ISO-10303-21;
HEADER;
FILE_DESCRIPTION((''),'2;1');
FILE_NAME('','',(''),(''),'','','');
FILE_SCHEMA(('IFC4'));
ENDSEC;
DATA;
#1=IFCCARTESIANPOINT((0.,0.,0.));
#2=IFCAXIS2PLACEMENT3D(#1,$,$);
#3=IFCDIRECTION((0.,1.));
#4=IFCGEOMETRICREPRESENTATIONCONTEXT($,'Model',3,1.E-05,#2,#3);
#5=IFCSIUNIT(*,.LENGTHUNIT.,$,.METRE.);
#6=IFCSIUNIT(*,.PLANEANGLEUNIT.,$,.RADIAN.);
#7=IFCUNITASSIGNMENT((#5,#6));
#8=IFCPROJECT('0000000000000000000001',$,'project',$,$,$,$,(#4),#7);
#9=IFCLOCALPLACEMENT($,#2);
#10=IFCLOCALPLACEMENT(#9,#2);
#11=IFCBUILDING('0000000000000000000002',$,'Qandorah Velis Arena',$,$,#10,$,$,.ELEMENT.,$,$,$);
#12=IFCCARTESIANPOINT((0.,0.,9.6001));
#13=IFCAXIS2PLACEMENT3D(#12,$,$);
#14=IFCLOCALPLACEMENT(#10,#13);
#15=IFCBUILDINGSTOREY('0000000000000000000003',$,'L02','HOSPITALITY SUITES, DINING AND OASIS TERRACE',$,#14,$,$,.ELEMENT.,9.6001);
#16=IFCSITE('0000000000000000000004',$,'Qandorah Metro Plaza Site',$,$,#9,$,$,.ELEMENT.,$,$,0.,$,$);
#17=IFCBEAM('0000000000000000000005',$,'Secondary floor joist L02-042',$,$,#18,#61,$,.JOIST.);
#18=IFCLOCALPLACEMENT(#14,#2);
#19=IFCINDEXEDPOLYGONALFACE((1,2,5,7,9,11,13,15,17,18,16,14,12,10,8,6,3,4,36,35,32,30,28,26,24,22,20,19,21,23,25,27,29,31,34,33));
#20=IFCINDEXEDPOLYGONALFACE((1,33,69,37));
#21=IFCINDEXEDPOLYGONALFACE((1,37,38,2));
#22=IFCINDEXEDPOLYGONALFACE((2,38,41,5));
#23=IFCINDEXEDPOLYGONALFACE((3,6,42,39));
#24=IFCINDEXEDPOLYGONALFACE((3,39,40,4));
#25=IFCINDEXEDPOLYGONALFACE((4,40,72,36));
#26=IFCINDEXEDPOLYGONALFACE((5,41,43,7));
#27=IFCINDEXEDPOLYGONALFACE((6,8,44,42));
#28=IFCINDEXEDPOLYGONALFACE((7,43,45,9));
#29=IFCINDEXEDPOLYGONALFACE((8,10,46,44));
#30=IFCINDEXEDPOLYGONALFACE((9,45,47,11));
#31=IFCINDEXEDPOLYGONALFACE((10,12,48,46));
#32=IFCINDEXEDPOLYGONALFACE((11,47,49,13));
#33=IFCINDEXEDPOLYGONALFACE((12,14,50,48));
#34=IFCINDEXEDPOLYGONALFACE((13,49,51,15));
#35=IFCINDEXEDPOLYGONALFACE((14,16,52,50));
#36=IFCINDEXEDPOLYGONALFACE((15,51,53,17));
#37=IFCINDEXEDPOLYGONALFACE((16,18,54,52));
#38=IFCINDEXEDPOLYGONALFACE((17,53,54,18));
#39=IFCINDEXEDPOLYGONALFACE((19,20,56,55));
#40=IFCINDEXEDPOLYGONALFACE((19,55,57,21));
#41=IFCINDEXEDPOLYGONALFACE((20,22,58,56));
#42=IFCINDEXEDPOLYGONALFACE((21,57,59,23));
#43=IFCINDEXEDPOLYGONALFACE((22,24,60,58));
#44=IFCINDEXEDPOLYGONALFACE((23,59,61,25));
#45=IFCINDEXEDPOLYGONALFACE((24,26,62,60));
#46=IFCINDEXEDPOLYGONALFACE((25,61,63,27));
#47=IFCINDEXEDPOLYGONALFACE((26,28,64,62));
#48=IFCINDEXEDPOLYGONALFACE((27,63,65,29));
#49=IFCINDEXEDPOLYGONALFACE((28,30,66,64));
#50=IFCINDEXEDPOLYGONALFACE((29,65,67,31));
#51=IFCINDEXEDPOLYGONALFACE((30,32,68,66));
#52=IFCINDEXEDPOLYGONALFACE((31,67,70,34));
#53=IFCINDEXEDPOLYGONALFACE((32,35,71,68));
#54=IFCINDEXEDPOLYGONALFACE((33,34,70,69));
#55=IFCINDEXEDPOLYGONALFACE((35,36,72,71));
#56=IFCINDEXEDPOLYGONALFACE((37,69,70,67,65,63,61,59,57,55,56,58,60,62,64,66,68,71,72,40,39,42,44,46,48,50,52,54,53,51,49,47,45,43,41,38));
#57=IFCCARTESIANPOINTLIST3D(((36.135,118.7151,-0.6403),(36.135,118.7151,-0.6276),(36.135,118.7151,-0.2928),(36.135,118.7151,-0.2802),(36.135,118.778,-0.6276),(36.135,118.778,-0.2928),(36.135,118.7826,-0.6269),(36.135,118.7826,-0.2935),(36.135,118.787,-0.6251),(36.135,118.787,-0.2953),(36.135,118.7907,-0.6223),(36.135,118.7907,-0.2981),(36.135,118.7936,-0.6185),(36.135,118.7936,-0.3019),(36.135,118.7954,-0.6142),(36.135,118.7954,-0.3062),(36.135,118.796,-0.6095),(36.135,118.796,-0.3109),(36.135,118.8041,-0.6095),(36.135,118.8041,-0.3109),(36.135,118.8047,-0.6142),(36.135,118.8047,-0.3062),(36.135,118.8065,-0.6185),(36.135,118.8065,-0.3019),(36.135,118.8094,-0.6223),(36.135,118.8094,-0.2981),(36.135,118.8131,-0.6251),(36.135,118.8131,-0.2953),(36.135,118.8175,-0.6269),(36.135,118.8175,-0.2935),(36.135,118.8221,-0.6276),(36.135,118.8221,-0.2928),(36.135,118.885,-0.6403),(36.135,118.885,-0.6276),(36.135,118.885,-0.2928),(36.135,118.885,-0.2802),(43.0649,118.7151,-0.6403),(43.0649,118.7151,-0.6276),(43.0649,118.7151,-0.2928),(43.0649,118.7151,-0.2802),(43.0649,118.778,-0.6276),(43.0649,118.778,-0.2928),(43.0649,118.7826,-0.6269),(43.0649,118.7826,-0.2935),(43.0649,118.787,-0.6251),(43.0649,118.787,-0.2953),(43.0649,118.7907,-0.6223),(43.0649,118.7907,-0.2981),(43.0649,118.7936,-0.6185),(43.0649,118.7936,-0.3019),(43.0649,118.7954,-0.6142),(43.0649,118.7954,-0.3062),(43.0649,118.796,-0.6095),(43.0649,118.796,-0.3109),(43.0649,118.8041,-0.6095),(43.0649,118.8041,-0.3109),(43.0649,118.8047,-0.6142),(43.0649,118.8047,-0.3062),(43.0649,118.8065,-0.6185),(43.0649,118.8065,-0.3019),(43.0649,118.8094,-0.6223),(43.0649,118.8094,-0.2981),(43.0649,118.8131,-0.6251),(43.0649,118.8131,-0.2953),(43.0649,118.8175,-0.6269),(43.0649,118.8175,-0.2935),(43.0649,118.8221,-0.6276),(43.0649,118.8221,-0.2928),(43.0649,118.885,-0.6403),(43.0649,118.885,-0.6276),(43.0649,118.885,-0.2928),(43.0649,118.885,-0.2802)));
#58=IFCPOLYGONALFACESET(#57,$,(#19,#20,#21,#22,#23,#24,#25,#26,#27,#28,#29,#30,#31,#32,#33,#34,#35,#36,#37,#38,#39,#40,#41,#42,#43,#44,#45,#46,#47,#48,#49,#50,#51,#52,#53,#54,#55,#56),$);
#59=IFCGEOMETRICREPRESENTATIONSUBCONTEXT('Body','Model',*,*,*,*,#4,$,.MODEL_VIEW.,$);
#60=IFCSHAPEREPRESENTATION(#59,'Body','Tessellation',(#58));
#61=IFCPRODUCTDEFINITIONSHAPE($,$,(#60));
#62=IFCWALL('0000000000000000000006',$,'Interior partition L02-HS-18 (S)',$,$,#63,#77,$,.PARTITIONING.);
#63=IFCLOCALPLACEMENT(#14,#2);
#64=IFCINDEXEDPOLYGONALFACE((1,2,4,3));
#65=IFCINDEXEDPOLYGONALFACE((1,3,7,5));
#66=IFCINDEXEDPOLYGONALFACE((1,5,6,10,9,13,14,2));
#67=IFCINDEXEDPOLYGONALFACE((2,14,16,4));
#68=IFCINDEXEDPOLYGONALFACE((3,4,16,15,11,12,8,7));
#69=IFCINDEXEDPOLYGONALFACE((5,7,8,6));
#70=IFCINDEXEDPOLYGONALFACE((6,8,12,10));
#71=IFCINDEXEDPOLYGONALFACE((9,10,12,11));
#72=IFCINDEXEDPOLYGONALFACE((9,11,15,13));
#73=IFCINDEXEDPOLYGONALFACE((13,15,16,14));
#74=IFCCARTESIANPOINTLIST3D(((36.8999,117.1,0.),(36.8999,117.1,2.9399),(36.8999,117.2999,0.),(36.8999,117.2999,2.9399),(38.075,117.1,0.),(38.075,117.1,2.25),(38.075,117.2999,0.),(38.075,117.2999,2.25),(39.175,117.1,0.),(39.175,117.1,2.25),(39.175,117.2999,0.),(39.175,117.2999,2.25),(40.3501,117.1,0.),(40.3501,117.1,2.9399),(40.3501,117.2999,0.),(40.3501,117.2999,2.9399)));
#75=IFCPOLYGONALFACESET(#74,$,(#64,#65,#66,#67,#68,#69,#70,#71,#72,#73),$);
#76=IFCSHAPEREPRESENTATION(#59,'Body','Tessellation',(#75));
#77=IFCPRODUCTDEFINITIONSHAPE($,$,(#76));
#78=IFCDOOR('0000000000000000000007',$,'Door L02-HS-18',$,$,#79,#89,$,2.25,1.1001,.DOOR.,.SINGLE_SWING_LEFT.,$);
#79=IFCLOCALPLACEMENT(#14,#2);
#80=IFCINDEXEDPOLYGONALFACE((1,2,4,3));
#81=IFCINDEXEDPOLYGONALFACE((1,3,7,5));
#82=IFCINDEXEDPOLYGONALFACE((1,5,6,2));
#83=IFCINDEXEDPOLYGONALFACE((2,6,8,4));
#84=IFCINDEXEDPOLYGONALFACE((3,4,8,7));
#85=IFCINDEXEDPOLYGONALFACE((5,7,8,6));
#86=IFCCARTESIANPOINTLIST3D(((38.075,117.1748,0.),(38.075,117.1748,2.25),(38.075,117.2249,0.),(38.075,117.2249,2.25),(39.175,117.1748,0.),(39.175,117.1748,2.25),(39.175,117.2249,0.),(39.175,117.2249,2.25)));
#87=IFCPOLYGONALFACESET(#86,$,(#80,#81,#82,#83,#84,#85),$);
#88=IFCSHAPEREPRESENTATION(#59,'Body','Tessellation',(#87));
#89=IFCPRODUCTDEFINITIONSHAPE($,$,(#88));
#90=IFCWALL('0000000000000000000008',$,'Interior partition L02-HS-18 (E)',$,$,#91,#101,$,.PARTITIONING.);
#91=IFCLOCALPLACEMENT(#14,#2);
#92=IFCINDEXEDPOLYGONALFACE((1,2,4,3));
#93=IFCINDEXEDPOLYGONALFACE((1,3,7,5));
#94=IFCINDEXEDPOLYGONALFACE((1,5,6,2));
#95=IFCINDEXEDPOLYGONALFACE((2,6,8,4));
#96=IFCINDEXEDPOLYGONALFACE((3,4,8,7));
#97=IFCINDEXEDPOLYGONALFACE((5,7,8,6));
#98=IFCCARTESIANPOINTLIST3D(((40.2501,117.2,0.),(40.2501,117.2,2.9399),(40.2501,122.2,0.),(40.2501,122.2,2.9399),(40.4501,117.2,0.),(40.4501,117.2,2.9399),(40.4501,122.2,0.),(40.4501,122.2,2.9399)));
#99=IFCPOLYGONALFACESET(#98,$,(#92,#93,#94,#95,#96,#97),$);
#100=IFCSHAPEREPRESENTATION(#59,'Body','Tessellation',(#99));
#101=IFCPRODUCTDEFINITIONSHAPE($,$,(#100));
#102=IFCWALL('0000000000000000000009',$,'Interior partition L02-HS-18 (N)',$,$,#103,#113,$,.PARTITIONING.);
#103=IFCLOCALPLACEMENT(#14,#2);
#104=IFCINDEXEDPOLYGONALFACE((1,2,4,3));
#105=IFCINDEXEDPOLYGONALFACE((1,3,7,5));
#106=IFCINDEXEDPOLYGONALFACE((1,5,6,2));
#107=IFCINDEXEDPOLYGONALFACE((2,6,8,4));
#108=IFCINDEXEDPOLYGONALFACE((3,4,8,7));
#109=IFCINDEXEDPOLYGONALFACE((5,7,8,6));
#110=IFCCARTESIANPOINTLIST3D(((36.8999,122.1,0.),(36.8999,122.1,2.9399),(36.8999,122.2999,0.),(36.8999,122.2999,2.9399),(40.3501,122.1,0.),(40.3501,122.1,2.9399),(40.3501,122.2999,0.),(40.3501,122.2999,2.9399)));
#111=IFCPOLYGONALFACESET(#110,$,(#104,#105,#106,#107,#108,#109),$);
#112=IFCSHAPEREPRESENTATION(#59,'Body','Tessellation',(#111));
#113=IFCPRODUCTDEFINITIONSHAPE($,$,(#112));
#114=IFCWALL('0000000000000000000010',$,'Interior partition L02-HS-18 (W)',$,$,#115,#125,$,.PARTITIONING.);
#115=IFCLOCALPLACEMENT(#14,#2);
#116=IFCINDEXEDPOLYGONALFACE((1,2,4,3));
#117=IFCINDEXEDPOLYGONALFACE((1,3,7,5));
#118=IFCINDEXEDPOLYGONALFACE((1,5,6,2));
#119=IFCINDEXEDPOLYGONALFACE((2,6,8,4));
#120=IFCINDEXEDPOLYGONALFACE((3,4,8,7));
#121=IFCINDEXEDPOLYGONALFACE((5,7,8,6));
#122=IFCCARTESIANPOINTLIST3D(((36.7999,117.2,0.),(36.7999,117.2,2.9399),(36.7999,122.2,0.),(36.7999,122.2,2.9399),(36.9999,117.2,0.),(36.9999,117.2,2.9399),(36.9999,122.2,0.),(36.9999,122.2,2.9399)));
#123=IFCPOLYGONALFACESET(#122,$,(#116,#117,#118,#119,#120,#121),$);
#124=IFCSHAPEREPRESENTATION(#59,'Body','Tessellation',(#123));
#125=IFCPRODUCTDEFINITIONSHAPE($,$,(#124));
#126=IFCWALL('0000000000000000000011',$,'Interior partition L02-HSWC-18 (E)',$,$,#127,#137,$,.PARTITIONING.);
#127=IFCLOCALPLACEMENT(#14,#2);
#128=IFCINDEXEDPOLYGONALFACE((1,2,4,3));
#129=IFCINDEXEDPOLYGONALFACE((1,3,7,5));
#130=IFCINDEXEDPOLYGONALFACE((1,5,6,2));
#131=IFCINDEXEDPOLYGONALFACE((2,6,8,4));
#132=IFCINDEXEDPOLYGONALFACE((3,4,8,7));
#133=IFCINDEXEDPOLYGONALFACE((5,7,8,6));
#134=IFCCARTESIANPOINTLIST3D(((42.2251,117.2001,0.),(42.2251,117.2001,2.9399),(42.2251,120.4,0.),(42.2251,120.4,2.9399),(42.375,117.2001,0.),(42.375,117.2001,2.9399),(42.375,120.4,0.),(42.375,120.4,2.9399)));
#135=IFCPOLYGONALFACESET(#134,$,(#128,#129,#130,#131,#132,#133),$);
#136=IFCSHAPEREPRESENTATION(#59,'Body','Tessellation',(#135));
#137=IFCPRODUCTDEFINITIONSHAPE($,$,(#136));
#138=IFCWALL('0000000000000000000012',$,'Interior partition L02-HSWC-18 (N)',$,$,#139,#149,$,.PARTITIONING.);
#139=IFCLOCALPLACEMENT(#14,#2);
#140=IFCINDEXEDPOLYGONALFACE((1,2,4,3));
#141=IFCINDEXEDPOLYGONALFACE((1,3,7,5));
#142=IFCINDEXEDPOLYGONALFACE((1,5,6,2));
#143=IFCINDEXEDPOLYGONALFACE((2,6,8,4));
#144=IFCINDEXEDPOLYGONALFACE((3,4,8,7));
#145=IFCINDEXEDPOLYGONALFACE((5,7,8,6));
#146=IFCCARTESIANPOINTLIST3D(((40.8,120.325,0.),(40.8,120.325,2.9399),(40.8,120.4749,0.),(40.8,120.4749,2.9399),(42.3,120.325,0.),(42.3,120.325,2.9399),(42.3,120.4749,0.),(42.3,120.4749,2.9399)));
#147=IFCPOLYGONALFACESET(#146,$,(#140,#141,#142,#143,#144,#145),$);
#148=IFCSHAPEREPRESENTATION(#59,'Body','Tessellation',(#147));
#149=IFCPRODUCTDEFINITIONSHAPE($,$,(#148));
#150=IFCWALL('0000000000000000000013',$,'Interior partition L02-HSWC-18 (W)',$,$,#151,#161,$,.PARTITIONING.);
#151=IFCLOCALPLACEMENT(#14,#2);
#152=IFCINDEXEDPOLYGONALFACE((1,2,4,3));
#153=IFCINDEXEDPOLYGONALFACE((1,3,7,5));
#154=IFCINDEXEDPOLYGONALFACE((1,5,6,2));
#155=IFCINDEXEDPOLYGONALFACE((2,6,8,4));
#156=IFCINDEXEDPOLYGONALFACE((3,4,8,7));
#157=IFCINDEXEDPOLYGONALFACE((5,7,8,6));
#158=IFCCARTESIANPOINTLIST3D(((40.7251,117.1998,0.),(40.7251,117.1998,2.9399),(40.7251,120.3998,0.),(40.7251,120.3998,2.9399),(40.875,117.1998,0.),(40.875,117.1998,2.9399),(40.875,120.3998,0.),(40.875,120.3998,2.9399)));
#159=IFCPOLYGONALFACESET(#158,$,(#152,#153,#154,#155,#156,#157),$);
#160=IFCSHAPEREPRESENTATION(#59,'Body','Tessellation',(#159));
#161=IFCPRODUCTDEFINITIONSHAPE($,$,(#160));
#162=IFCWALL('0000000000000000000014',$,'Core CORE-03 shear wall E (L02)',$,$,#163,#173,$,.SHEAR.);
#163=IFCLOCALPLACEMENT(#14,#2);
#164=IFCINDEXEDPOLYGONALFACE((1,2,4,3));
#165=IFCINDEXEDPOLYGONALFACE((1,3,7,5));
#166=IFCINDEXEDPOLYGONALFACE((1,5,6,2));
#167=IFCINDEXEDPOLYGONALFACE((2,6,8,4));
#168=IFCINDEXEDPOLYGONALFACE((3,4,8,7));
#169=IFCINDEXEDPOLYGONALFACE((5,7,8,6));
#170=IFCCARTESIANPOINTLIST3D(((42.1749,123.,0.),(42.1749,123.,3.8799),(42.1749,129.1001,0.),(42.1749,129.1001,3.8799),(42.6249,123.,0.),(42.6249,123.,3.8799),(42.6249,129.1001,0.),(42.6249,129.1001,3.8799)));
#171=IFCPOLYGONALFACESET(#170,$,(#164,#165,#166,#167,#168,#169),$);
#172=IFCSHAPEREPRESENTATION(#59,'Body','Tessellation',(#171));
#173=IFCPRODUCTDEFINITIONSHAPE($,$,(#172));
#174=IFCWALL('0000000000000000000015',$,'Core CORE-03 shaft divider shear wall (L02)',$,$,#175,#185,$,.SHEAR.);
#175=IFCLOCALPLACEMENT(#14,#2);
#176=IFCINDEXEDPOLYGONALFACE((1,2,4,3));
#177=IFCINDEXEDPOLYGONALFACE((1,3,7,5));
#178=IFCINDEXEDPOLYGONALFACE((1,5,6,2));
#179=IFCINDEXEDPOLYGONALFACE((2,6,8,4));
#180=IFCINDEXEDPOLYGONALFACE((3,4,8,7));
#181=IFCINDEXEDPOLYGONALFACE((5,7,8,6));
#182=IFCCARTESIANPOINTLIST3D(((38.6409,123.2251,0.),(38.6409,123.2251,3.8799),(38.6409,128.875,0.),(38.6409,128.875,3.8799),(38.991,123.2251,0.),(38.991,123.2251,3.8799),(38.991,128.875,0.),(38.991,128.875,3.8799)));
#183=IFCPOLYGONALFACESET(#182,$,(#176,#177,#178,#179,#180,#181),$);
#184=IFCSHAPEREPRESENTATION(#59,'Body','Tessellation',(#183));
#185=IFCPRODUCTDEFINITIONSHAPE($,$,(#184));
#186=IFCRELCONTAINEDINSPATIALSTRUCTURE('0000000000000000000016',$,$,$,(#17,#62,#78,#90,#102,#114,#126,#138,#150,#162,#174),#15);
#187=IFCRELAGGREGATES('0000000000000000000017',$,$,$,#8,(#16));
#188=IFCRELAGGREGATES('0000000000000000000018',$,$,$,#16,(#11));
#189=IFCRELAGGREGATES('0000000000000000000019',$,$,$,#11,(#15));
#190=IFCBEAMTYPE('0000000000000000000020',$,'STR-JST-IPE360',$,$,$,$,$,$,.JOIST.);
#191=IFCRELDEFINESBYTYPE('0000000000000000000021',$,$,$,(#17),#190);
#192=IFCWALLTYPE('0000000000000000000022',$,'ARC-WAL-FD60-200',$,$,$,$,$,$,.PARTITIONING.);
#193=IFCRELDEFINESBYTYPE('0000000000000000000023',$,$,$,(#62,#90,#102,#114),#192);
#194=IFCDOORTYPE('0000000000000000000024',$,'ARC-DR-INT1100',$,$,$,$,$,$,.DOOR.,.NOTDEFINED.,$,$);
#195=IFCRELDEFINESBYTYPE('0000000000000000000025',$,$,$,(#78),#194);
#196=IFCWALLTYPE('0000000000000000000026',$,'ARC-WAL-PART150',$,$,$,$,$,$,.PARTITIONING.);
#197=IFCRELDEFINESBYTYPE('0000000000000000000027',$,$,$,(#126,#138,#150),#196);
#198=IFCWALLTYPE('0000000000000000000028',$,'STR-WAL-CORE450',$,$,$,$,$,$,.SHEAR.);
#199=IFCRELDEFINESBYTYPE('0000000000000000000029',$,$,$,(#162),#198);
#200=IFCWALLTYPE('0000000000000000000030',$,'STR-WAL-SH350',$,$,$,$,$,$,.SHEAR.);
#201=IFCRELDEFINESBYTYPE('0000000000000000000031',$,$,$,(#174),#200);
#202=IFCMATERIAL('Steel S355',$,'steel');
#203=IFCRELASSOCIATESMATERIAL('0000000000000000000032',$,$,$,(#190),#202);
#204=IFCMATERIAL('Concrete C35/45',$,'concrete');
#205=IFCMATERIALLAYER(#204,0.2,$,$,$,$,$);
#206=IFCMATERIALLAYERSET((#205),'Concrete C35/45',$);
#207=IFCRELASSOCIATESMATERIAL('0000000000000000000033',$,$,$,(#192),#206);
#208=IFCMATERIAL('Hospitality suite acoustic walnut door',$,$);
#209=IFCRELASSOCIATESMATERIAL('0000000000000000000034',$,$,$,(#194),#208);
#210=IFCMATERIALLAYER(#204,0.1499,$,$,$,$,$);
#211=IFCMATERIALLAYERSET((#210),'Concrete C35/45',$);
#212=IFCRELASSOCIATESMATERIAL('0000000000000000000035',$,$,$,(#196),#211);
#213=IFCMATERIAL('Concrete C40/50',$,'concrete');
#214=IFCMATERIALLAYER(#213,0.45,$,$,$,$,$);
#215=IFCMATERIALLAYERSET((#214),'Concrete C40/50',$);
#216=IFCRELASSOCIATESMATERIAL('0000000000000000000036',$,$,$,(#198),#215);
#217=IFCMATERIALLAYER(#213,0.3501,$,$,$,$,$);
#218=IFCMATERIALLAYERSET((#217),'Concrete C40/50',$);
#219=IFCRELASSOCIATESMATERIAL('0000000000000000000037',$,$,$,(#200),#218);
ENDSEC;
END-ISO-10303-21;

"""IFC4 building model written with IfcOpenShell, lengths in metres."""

from ifc_helpers import new_model, si_unit, direction, frame, frame_2d, origin, origin_2d, place, context, subcontext, project, spatial, rectangle, i_section, extrude, material, layer, layer_set, material_profile, profile_set, type_object, element, fill, save


model = new_model("IFC4")

# Units and contexts
model_context = context("Model", 3, precision=1e-05, world=origin(), true_north=direction((0.0, 1.0)))
body_context = subcontext(model_context, "Body", "Model", "MODEL_VIEW")
ifc_project = project(units=[si_unit("LENGTHUNIT", "METRE"), si_unit("PLANEANGLEUNIT", "RADIAN")], contexts=[model_context])

# Site, building, storey
site_placement = place(None, origin())
site = spatial("IfcSite", under=ifc_project, at=site_placement, Name="Qandorah Metro Plaza Site", CompositionType="ELEMENT", RefElevation=0.0)
building_placement = place(site_placement, origin())
building = spatial("IfcBuilding", under=site, at=building_placement, Name="Qandorah Velis Arena", CompositionType="ELEMENT")
storey_placement = place(building_placement, frame((0.0, 0.0, 9.6001)))
storey = spatial("IfcBuildingStorey", under=building, at=storey_placement, Name="L02", Description="HOSPITALITY SUITES, DINING AND OASIS TERRACE", CompositionType="ELEMENT", Elevation=9.6001)

# Shared definitions
ifc_material_1 = material(Name="Concrete C40/50", Category="concrete")

# Beam
ifc_material_2 = material(Name="Steel S355", Category="steel")
ifc_material_profile_1 = material_profile(ifc_material_2, i_section(OverallWidth=0.1699, OverallDepth=0.3601, WebThickness=0.0081, FlangeThickness=0.0127, FilletRadius=0.0181, at=origin_2d()), Name="IPE 360")
ifc_profile_set_1 = profile_set([ifc_material_profile_1], Name="Steel S355")
beam_type_1 = type_object("IfcBeamType", Name="STR-JST-IPE360", PredefinedType="JOIST", material=ifc_profile_set_1)
beam_1_placement = place(storey_placement, frame((36.135, 118.8, -0.4602), z_axis=(1.0, 0.0, 0.0), x_axis=(0.0, 1.0, 0.0)))
element("IfcBeam", 1, at=beam_1_placement, inside=storey, type_object=beam_type_1, Name="Secondary floor joist L02-042", PredefinedType="JOIST", context=body_context, shape_type="SweptSolid", body=[
    extrude(i_section(OverallWidth=0.1699, OverallDepth=0.3601, WebThickness=0.0081, FlangeThickness=0.0127, FilletRadius=0.0181, at=origin_2d()), origin(), (0.0, 0.0, 1.0), 6.9299),
])

# Wall, opening, door
ifc_material_3 = material(Name="Concrete C35/45", Category="concrete")
ifc_layer_1 = layer(ifc_material_3, 0.2)
ifc_layer_set_1 = layer_set([ifc_layer_1], Name="Concrete C35/45")
wall_type_1 = type_object("IfcWallType", Name="ARC-WAL-FD60-200", PredefinedType="PARTITIONING", material=ifc_layer_set_1)
wall_1_placement = place(storey_placement, frame((36.8999, 117.2, 0.0), z_axis=(0.0, 0.0, 1.0), x_axis=(1.0, 0.0, 0.0)))
wall_1 = element("IfcWall", 2, at=wall_1_placement, inside=storey, type_object=wall_type_1, Name="Interior partition L02-HS-18 (S)", PredefinedType="PARTITIONING", context=body_context, shape_type="SweptSolid", body=[
    extrude(rectangle(XDim=3.4502, YDim=0.2, at=frame_2d((1.7251, 0.0))), origin(), (0.0, 0.0, 1.0), 2.9399),
])
opening_1_placement = place(wall_1_placement, frame((1.175, 0.0, 0.0)))
opening_1 = element("IfcOpeningElement", 3, at=opening_1_placement, cuts=wall_1, PredefinedType="OPENING", context=body_context, shape_type="SweptSolid", body=[
    extrude(rectangle(XDim=1.1001, YDim=2.25, at=frame_2d((0.55, 1.125))), frame((0.0, 0.1099, 0.0), z_axis=(0.0, -1.0, 0.0), x_axis=(1.0, 0.0, 0.0)), (0.0, 0.0, 1.0), 0.22),
])
ifc_material_4 = material(Name="Hospitality suite acoustic walnut door")
door_type_1 = type_object("IfcDoorType", Name="ARC-DR-INT1100", OperationType="NOTDEFINED", PredefinedType="DOOR", material=ifc_material_4)
door_1_placement = place(opening_1_placement, origin())
door_1 = element("IfcDoor", 4, at=door_1_placement, inside=storey, type_object=door_type_1, Name="Door L02-HS-18", OperationType="SINGLE_SWING_LEFT", OverallHeight=2.25, OverallWidth=1.1001, PredefinedType="DOOR", context=body_context, shape_type="SweptSolid", body=[
    extrude(rectangle(XDim=1.1001, YDim=2.25, at=frame_2d((0.55, 1.125))), frame((0.0, 0.0249, 0.0), z_axis=(0.0, -1.0, 0.0), x_axis=(1.0, 0.0, 0.0)), (0.0, 0.0, 1.0), 0.05),
])
fill(opening_1, door_1)

# Walls
wall_2_placement = place(storey_placement, frame((40.3501, 117.2, 0.0), z_axis=(0.0, 0.0, 1.0), x_axis=(0.0, 1.0, 0.0)))
element("IfcWall", 5, at=wall_2_placement, inside=storey, type_object=wall_type_1, Name="Interior partition L02-HS-18 (E)", PredefinedType="PARTITIONING", context=body_context, shape_type="SweptSolid", body=[
    extrude(rectangle(XDim=5.0, YDim=0.2, at=frame_2d((2.5, 0.0))), origin(), (0.0, 0.0, 1.0), 2.9399),
])
wall_3_placement = place(storey_placement, frame((40.3501, 122.2, 0.0), z_axis=(0.0, 0.0, 1.0), x_axis=(-1.0, 0.0, 0.0)))
element("IfcWall", 6, at=wall_3_placement, inside=storey, type_object=wall_type_1, Name="Interior partition L02-HS-18 (N)", PredefinedType="PARTITIONING", context=body_context, shape_type="SweptSolid", body=[
    extrude(rectangle(XDim=3.4502, YDim=0.2, at=frame_2d((1.7251, 0.0))), origin(), (0.0, 0.0, 1.0), 2.9399),
])
wall_4_placement = place(storey_placement, frame((36.8999, 122.2, 0.0), z_axis=(0.0, 0.0, 1.0), x_axis=(0.0, -1.0, 0.0)))
element("IfcWall", 7, at=wall_4_placement, inside=storey, type_object=wall_type_1, Name="Interior partition L02-HS-18 (W)", PredefinedType="PARTITIONING", context=body_context, shape_type="SweptSolid", body=[
    extrude(rectangle(XDim=5.0, YDim=0.2, at=frame_2d((2.5, 0.0))), origin(), (0.0, 0.0, 1.0), 2.9399),
])

# Shared definitions
ifc_layer_2 = layer(ifc_material_3, 0.1499)
ifc_layer_set_2 = layer_set([ifc_layer_2], Name="Concrete C35/45")
wall_type_2 = type_object("IfcWallType", Name="ARC-WAL-PART150", PredefinedType="PARTITIONING", material=ifc_layer_set_2)

# Walls
wall_5_placement = place(storey_placement, frame((42.3, 117.2, 0.0), z_axis=(0.0, 0.0, 1.0), x_axis=(0.0, 1.0, 0.0)))
element("IfcWall", 8, at=wall_5_placement, inside=storey, type_object=wall_type_2, Name="Interior partition L02-HSWC-18 (E)", PredefinedType="PARTITIONING", context=body_context, shape_type="SweptSolid", body=[
    extrude(rectangle(XDim=3.2, YDim=0.1499, at=frame_2d((1.6001, 0.0))), origin(), (0.0, 0.0, 1.0), 2.9399),
])
wall_6_placement = place(storey_placement, frame((42.3, 120.3999, 0.0), z_axis=(0.0, 0.0, 1.0), x_axis=(-1.0, 0.0, 0.0)))
element("IfcWall", 9, at=wall_6_placement, inside=storey, type_object=wall_type_2, Name="Interior partition L02-HSWC-18 (N)", PredefinedType="PARTITIONING", context=body_context, shape_type="SweptSolid", body=[
    extrude(rectangle(XDim=1.5, YDim=0.1499, at=frame_2d((0.75, 0.0))), origin(), (0.0, 0.0, 1.0), 2.9399),
])
wall_7_placement = place(storey_placement, frame((40.8, 120.3999, 0.0), z_axis=(0.0, 0.0, 1.0), x_axis=(0.0, -1.0, 0.0)))
element("IfcWall", 10, at=wall_7_placement, inside=storey, type_object=wall_type_2, Name="Interior partition L02-HSWC-18 (W)", PredefinedType="PARTITIONING", context=body_context, shape_type="SweptSolid", body=[
    extrude(rectangle(XDim=3.2, YDim=0.1499, at=frame_2d((1.6001, 0.0))), origin(), (0.0, 0.0, 1.0), 2.9399),
])
ifc_layer_3 = layer(ifc_material_1, 0.45)
ifc_layer_set_3 = layer_set([ifc_layer_3], Name="Concrete C40/50")
wall_type_3 = type_object("IfcWallType", Name="STR-WAL-CORE450", PredefinedType="SHEAR", material=ifc_layer_set_3)
wall_8_placement = place(storey_placement, frame((42.3999, 123.0, 0.0), z_axis=(0.0, 0.0, 1.0), x_axis=(0.0, 1.0, 0.0)))
element("IfcWall", 11, at=wall_8_placement, inside=storey, type_object=wall_type_3, Name="Core CORE-03 shear wall E (L02)", PredefinedType="SHEAR", context=body_context, shape_type="SweptSolid", body=[
    extrude(rectangle(XDim=6.1001, YDim=0.45, at=frame_2d((3.05, 0.0))), origin(), (0.0, 0.0, 1.0), 3.8799),
])
ifc_layer_4 = layer(ifc_material_1, 0.3501)
ifc_layer_set_4 = layer_set([ifc_layer_4], Name="Concrete C40/50")
wall_type_4 = type_object("IfcWallType", Name="STR-WAL-SH350", PredefinedType="SHEAR", material=ifc_layer_set_4)
wall_9_placement = place(storey_placement, frame((38.8159, 123.2251, 0.0), z_axis=(0.0, 0.0, 1.0), x_axis=(0.0, 1.0, 0.0)))
element("IfcWall", 12, at=wall_9_placement, inside=storey, type_object=wall_type_4, Name="Core CORE-03 shaft divider shear wall (L02)", PredefinedType="SHEAR", context=body_context, shape_type="SweptSolid", body=[
    extrude(rectangle(XDim=5.6499, YDim=0.3501, at=frame_2d((2.825, 0.0))), origin(), (0.0, 0.0, 1.0), 3.8799),
])

save(model, "model.ifc")
